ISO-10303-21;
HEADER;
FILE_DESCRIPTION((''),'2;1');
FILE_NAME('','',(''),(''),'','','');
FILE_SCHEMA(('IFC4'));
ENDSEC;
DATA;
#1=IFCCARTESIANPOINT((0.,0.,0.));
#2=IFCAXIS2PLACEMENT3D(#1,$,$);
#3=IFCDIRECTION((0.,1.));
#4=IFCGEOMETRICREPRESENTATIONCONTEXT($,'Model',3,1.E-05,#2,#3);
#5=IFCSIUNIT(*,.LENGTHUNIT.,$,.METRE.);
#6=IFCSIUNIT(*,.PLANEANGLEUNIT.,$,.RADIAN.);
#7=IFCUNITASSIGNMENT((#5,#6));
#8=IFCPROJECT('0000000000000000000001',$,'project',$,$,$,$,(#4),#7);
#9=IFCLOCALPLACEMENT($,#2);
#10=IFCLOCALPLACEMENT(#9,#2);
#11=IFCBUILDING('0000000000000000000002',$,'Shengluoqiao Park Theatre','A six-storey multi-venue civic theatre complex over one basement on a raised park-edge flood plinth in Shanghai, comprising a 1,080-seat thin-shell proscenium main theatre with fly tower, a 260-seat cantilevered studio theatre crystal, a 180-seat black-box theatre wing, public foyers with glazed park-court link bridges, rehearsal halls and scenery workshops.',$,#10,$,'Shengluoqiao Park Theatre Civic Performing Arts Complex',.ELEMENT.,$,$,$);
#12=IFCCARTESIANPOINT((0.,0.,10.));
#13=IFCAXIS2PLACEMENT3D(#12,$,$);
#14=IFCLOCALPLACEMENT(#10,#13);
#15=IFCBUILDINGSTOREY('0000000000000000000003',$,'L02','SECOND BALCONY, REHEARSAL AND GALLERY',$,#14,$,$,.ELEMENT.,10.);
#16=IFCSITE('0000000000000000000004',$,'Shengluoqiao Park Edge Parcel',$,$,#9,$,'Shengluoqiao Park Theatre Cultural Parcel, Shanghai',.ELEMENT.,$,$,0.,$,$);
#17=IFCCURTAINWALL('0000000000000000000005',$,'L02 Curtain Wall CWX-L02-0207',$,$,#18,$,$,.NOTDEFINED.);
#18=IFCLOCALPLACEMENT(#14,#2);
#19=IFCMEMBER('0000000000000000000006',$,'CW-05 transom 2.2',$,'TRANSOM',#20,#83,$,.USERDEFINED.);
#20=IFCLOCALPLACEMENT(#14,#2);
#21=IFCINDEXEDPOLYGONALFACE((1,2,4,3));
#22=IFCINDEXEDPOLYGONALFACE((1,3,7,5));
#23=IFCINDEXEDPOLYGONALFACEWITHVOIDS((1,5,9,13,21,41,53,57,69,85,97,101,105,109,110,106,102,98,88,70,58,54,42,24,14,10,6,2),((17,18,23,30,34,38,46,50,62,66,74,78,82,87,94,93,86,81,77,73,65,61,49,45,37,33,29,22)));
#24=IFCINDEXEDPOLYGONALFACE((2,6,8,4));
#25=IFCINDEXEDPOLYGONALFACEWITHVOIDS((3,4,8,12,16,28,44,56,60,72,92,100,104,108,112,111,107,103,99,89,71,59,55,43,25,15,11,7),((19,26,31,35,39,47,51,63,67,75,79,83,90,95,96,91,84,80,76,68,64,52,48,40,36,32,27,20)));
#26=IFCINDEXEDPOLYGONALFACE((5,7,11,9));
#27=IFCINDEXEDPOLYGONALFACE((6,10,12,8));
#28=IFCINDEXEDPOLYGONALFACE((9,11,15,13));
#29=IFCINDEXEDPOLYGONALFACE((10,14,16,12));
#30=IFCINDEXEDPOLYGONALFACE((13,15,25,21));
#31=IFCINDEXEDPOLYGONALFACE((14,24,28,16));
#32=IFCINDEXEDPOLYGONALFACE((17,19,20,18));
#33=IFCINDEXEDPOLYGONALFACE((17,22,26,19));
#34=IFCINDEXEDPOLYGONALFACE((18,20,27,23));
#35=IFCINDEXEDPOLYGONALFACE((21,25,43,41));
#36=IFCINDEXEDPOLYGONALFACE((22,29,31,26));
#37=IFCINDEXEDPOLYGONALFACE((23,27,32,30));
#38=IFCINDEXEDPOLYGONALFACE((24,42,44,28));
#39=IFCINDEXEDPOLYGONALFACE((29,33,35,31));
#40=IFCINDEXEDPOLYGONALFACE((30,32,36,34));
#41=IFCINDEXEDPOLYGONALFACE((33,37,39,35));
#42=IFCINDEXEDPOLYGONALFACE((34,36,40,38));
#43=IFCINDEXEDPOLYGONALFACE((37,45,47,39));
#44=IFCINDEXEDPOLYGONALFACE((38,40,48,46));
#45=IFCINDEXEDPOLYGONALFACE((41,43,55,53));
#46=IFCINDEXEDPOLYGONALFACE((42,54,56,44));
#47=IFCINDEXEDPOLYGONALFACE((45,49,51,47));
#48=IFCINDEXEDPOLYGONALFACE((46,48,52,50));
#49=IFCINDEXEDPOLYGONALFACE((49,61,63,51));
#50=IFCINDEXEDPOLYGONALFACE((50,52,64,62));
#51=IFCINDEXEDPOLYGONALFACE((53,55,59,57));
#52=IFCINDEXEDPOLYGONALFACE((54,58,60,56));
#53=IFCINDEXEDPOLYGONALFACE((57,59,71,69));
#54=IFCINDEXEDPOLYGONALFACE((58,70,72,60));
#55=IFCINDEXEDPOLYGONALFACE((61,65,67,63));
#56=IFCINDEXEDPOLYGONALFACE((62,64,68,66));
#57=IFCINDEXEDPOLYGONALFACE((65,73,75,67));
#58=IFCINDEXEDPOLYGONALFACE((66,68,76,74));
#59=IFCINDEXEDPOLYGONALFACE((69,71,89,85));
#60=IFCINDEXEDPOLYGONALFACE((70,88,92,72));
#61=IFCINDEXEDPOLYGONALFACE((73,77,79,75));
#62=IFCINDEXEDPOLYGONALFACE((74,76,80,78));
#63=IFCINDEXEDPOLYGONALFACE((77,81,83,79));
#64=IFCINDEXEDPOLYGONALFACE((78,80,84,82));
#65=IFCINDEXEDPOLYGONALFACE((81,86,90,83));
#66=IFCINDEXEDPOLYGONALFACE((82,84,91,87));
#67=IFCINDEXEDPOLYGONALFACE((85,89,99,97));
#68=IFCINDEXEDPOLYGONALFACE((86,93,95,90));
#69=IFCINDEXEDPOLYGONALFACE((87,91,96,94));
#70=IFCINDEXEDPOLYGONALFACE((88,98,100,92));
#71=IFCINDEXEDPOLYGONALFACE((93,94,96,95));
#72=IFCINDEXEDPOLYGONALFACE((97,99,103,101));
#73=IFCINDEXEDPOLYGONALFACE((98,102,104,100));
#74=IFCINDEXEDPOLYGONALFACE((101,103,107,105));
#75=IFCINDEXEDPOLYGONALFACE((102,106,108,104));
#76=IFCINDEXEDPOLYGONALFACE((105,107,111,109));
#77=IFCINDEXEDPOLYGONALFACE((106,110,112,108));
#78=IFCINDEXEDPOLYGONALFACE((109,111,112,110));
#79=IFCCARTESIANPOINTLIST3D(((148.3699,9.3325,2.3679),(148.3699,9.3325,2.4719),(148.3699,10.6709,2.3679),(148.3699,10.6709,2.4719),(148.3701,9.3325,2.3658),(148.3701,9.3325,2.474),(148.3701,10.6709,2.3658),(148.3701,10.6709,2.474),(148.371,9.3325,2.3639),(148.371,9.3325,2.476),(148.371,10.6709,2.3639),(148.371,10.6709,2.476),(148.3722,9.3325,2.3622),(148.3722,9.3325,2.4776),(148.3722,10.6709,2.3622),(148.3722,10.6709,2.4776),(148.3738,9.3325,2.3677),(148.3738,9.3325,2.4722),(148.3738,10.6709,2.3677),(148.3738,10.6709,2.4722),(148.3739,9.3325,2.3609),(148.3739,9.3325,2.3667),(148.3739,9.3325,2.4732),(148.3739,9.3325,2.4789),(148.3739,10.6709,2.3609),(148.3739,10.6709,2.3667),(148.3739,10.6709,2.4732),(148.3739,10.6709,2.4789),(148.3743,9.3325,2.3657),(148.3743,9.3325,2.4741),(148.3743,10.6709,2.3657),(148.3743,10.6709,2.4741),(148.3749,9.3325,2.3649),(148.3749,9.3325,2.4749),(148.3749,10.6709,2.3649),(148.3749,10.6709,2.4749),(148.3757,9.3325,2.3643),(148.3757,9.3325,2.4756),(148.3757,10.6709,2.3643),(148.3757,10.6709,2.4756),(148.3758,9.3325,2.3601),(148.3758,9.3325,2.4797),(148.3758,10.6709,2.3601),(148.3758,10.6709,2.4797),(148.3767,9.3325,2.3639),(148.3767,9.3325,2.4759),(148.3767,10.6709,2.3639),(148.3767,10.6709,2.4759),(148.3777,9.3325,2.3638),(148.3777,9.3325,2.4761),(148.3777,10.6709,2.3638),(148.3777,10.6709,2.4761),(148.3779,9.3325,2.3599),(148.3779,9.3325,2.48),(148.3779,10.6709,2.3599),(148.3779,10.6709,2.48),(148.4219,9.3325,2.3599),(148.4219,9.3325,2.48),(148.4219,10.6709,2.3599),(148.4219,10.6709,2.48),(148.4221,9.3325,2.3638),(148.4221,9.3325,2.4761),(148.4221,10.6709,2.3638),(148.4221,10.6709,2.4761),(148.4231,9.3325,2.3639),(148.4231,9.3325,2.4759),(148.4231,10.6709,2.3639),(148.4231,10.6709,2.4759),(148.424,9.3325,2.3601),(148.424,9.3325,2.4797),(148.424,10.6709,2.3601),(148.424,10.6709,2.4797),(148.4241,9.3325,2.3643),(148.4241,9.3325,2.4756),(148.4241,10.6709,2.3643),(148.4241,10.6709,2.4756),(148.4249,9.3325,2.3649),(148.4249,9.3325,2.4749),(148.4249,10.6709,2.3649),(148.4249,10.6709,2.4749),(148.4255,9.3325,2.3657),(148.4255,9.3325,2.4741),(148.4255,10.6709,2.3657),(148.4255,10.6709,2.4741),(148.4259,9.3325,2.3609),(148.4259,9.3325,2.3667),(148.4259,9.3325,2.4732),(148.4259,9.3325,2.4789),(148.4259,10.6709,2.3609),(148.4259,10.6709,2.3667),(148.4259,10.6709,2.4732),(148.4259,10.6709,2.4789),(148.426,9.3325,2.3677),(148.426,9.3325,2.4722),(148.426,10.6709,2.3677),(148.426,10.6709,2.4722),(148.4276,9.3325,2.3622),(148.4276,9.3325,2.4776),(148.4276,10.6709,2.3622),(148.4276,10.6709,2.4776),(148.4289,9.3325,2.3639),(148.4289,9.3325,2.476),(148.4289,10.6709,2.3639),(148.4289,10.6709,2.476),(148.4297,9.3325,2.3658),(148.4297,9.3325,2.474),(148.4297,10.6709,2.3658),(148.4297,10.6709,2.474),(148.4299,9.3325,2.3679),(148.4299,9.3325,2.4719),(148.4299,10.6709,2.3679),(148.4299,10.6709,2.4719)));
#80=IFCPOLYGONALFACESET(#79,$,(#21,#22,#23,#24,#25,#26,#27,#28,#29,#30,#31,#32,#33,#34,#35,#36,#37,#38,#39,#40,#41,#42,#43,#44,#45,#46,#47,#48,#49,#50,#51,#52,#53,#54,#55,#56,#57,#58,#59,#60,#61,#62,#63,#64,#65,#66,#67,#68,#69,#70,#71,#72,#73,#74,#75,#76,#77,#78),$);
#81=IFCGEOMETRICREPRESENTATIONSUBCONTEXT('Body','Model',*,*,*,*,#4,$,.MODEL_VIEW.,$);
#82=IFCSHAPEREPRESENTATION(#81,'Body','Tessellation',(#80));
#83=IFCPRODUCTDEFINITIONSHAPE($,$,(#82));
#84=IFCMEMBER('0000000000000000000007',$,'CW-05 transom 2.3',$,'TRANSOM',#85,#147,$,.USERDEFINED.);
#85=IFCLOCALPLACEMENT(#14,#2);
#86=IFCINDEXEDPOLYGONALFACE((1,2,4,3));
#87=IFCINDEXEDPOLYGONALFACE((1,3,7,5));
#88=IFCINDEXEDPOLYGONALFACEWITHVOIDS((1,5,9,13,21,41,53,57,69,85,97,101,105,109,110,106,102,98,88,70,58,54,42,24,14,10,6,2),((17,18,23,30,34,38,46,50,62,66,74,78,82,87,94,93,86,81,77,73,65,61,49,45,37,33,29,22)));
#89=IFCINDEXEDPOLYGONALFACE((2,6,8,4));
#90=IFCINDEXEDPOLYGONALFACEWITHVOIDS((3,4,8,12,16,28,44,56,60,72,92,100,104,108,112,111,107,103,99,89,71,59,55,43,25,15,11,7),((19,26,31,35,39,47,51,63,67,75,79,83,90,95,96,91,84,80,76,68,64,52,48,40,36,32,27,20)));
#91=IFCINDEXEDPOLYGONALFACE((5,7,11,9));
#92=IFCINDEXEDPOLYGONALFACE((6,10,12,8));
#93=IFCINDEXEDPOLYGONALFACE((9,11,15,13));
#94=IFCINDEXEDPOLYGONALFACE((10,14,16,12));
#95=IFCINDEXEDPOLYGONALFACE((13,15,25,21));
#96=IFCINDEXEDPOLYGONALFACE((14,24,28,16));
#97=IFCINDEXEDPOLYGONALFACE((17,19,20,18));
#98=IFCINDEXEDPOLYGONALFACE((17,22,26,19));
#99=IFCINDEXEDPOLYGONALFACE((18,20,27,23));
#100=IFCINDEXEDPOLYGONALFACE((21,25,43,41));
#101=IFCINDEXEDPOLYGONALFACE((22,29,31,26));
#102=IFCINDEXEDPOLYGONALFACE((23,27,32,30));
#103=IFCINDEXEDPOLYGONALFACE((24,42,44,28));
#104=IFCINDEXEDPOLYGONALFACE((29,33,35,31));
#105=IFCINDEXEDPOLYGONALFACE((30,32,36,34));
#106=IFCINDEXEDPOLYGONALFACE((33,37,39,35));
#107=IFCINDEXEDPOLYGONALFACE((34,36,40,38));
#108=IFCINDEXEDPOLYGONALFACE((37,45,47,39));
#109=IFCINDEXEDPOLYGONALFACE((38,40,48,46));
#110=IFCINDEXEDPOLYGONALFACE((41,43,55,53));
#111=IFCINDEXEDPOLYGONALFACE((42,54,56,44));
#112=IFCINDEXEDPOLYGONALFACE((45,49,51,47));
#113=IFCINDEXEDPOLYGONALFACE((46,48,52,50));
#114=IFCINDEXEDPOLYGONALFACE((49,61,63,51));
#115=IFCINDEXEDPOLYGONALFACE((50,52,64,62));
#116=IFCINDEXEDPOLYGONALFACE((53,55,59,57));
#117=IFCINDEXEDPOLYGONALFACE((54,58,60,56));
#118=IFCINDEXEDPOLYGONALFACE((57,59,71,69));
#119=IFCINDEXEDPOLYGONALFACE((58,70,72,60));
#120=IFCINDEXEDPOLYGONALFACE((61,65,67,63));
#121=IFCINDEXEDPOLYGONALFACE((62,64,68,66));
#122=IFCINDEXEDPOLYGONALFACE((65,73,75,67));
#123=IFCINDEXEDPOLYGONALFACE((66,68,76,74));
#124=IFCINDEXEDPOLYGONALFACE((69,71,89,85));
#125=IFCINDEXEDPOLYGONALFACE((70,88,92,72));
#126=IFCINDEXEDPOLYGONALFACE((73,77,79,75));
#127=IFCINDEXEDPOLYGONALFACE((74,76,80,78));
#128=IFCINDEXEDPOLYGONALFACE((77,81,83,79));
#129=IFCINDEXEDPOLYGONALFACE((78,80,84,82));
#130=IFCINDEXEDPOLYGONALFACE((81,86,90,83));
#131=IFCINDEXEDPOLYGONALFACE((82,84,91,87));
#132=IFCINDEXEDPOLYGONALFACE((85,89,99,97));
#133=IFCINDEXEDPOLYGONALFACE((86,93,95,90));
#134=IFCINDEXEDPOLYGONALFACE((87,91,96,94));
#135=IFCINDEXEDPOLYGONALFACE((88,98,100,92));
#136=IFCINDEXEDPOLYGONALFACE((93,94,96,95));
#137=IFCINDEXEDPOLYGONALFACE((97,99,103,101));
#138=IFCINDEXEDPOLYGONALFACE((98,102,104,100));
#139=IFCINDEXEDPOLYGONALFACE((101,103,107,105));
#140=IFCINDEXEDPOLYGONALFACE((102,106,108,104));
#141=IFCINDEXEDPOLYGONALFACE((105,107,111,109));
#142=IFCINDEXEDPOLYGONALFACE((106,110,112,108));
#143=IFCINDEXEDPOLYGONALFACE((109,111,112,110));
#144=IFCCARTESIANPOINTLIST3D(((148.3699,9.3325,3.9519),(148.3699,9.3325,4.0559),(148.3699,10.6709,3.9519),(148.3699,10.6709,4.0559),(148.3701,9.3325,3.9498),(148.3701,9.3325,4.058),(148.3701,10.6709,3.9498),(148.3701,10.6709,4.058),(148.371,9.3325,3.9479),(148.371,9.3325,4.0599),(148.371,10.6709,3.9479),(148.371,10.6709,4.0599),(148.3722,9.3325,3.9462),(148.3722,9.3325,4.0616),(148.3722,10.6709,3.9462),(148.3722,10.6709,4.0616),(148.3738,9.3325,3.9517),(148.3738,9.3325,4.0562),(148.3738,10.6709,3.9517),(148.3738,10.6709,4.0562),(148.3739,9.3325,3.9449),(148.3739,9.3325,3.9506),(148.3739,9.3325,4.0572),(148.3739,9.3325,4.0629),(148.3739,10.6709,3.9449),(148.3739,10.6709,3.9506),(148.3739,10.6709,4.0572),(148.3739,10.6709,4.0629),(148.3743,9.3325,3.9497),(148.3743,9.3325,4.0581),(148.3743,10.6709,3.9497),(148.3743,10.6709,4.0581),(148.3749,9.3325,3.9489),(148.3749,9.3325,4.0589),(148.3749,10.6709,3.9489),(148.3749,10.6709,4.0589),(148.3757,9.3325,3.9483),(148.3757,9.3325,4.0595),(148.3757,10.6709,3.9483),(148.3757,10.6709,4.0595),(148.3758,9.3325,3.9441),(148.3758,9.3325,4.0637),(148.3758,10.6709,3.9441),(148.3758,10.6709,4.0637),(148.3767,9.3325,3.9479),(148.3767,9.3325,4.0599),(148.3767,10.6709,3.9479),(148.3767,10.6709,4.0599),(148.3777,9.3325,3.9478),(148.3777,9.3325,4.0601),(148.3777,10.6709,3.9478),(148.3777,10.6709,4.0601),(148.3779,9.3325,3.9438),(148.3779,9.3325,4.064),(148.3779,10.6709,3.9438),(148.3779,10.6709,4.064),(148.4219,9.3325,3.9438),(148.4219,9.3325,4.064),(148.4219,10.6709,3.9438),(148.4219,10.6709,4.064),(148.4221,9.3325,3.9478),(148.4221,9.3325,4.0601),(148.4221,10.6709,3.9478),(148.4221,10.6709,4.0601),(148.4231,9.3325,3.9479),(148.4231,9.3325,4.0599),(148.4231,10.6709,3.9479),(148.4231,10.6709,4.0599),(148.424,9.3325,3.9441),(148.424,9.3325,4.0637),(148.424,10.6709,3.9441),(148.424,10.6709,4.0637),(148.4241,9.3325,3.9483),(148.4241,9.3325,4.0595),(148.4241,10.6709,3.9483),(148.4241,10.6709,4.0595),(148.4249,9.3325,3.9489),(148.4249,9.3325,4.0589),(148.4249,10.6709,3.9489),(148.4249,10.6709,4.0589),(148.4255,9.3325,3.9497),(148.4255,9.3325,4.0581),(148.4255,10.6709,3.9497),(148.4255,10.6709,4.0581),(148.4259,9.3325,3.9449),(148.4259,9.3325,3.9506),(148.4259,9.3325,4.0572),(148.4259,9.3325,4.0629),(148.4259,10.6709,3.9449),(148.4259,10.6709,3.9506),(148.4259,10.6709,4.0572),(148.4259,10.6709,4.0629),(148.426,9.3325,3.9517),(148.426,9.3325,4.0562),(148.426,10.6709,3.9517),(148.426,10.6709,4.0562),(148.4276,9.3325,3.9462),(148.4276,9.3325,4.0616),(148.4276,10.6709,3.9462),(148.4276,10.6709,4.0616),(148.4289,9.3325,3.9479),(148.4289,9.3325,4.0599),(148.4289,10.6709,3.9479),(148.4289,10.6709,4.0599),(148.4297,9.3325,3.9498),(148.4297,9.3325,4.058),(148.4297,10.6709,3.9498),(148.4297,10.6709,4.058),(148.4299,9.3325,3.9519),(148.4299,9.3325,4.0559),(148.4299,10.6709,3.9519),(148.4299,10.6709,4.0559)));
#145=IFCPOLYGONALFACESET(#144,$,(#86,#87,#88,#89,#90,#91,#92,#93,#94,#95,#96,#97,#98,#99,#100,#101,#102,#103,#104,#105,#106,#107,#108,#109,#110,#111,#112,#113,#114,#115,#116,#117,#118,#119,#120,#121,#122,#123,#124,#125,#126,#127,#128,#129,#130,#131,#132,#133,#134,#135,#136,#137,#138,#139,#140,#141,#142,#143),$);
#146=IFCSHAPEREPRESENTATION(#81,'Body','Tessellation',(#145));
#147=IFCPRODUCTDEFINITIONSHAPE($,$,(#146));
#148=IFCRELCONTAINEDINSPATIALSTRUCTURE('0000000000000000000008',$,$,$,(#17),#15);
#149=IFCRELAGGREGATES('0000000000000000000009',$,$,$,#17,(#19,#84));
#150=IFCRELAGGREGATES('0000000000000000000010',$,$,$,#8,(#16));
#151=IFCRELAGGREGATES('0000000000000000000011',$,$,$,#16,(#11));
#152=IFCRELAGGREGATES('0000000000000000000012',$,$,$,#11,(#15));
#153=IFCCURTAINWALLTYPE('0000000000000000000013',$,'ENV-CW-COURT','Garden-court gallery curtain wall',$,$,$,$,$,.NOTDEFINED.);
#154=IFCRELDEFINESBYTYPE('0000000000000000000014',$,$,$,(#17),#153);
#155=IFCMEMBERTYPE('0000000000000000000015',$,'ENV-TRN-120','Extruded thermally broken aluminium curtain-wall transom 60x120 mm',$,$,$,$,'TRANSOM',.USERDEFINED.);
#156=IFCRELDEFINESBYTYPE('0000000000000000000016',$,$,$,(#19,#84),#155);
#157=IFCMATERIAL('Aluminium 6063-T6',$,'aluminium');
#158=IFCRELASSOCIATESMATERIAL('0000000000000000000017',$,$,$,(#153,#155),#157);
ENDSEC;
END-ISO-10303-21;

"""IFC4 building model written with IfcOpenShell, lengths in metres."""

from ifc_helpers import new_model, si_unit, direction, frame, origin, origin_2d, place, context, subcontext, project, spatial, hollow_rectangle, extrude, material, material_profile, profile_set, type_object, element, aggregate, save


model = new_model("IFC4")

# Units and contexts
model_context = context("Model", 3, precision=1e-05, world=origin(), true_north=direction((0.0, 1.0)))
body_context = subcontext(model_context, "Body", "Model", "MODEL_VIEW")
ifc_project = project(units=[si_unit("LENGTHUNIT", "METRE"), si_unit("PLANEANGLEUNIT", "RADIAN")], contexts=[model_context])

# Site, building, storey
site_placement = place(None, origin())
site = spatial("IfcSite", under=ifc_project, at=site_placement, Name="Shengluoqiao Park Edge Parcel", LongName="Shengluoqiao Park Theatre Cultural Parcel, Shanghai", CompositionType="ELEMENT", RefElevation=0.0)
building_placement = place(site_placement, origin())
building = spatial("IfcBuilding", under=site, at=building_placement, Name="Shengluoqiao Park Theatre", Description="A six-storey multi-venue civic theatre complex over one basement on a raised park-edge flood plinth in Shanghai, comprising a 1,080-seat thin-shell proscenium main theatre with fly tower, a 260-seat cantilevered studio theatre crystal, a 180-seat black-box theatre wing, public foyers with glazed park-court link bridges, rehearsal halls and scenery workshops.", LongName="Shengluoqiao Park Theatre Civic Performing Arts Complex", CompositionType="ELEMENT")
storey_placement = place(building_placement, frame((0.0, 0.0, 10.0)))
storey = spatial("IfcBuildingStorey", under=building, at=storey_placement, Name="L02", Description="SECOND BALCONY, REHEARSAL AND GALLERY", CompositionType="ELEMENT", Elevation=10.0)

# Curtain wall, members
ifc_material_1 = material(Name="Aluminium 6063-T6", Category="aluminium")
curtain_wall_type = type_object("IfcCurtainWallType", Name="ENV-CW-COURT", Description="Garden-court gallery curtain wall", PredefinedType="NOTDEFINED", material=ifc_material_1)
curtain_wall_placement = place(storey_placement, origin())
curtain_wall = element("IfcCurtainWall", 1, at=curtain_wall_placement, inside=storey, type_object=curtain_wall_type, Name="L02 Curtain Wall CWX-L02-0207", PredefinedType="NOTDEFINED")
ifc_material_profile_1 = material_profile(ifc_material_1, hollow_rectangle(XDim=0.0601, YDim=0.1201, WallThickness=0.0039, InnerFilletRadius=0.0039, OuterFilletRadius=0.0081, at=origin_2d()), Name="ALU TRANSOM 120x60x4")
ifc_profile_set_1 = profile_set([ifc_material_profile_1], Name="Aluminium 6063-T6")
member_type_1 = type_object("IfcMemberType", Name="ENV-TRN-120", Description="Extruded thermally broken aluminium curtain-wall transom 60x120 mm", ElementType="TRANSOM", PredefinedType="USERDEFINED", material=ifc_profile_set_1)
member_1_placement = place(storey_placement, frame((148.3999, 9.3325, 2.4199), z_axis=(0.0, 1.0, 0.0), x_axis=(-1.0, 0.0, 0.0)))
member_1 = element("IfcMember", 2, at=member_1_placement, type_object=member_type_1, Name="CW-05 transom 2.2", ObjectType="TRANSOM", PredefinedType="USERDEFINED", context=body_context, shape_type="SweptSolid", body=[
    extrude(hollow_rectangle(XDim=0.0601, YDim=0.1201, WallThickness=0.0039, InnerFilletRadius=0.0039, OuterFilletRadius=0.0081, at=origin_2d()), origin(), (0.0, 0.0, 1.0), 1.3384),
])
member_2_placement = place(storey_placement, frame((148.3999, 9.3325, 4.0039), z_axis=(0.0, 1.0, 0.0), x_axis=(-1.0, 0.0, 0.0)))
member_2 = element("IfcMember", 3, at=member_2_placement, type_object=member_type_1, Name="CW-05 transom 2.3", ObjectType="TRANSOM", PredefinedType="USERDEFINED", context=body_context, shape_type="SweptSolid", body=[
    extrude(hollow_rectangle(XDim=0.0601, YDim=0.1201, WallThickness=0.0039, InnerFilletRadius=0.0039, OuterFilletRadius=0.0081, at=origin_2d()), origin(), (0.0, 0.0, 1.0), 1.3384),
])

aggregate(curtain_wall, [member_1, member_2])

save(model, "model.ifc")
